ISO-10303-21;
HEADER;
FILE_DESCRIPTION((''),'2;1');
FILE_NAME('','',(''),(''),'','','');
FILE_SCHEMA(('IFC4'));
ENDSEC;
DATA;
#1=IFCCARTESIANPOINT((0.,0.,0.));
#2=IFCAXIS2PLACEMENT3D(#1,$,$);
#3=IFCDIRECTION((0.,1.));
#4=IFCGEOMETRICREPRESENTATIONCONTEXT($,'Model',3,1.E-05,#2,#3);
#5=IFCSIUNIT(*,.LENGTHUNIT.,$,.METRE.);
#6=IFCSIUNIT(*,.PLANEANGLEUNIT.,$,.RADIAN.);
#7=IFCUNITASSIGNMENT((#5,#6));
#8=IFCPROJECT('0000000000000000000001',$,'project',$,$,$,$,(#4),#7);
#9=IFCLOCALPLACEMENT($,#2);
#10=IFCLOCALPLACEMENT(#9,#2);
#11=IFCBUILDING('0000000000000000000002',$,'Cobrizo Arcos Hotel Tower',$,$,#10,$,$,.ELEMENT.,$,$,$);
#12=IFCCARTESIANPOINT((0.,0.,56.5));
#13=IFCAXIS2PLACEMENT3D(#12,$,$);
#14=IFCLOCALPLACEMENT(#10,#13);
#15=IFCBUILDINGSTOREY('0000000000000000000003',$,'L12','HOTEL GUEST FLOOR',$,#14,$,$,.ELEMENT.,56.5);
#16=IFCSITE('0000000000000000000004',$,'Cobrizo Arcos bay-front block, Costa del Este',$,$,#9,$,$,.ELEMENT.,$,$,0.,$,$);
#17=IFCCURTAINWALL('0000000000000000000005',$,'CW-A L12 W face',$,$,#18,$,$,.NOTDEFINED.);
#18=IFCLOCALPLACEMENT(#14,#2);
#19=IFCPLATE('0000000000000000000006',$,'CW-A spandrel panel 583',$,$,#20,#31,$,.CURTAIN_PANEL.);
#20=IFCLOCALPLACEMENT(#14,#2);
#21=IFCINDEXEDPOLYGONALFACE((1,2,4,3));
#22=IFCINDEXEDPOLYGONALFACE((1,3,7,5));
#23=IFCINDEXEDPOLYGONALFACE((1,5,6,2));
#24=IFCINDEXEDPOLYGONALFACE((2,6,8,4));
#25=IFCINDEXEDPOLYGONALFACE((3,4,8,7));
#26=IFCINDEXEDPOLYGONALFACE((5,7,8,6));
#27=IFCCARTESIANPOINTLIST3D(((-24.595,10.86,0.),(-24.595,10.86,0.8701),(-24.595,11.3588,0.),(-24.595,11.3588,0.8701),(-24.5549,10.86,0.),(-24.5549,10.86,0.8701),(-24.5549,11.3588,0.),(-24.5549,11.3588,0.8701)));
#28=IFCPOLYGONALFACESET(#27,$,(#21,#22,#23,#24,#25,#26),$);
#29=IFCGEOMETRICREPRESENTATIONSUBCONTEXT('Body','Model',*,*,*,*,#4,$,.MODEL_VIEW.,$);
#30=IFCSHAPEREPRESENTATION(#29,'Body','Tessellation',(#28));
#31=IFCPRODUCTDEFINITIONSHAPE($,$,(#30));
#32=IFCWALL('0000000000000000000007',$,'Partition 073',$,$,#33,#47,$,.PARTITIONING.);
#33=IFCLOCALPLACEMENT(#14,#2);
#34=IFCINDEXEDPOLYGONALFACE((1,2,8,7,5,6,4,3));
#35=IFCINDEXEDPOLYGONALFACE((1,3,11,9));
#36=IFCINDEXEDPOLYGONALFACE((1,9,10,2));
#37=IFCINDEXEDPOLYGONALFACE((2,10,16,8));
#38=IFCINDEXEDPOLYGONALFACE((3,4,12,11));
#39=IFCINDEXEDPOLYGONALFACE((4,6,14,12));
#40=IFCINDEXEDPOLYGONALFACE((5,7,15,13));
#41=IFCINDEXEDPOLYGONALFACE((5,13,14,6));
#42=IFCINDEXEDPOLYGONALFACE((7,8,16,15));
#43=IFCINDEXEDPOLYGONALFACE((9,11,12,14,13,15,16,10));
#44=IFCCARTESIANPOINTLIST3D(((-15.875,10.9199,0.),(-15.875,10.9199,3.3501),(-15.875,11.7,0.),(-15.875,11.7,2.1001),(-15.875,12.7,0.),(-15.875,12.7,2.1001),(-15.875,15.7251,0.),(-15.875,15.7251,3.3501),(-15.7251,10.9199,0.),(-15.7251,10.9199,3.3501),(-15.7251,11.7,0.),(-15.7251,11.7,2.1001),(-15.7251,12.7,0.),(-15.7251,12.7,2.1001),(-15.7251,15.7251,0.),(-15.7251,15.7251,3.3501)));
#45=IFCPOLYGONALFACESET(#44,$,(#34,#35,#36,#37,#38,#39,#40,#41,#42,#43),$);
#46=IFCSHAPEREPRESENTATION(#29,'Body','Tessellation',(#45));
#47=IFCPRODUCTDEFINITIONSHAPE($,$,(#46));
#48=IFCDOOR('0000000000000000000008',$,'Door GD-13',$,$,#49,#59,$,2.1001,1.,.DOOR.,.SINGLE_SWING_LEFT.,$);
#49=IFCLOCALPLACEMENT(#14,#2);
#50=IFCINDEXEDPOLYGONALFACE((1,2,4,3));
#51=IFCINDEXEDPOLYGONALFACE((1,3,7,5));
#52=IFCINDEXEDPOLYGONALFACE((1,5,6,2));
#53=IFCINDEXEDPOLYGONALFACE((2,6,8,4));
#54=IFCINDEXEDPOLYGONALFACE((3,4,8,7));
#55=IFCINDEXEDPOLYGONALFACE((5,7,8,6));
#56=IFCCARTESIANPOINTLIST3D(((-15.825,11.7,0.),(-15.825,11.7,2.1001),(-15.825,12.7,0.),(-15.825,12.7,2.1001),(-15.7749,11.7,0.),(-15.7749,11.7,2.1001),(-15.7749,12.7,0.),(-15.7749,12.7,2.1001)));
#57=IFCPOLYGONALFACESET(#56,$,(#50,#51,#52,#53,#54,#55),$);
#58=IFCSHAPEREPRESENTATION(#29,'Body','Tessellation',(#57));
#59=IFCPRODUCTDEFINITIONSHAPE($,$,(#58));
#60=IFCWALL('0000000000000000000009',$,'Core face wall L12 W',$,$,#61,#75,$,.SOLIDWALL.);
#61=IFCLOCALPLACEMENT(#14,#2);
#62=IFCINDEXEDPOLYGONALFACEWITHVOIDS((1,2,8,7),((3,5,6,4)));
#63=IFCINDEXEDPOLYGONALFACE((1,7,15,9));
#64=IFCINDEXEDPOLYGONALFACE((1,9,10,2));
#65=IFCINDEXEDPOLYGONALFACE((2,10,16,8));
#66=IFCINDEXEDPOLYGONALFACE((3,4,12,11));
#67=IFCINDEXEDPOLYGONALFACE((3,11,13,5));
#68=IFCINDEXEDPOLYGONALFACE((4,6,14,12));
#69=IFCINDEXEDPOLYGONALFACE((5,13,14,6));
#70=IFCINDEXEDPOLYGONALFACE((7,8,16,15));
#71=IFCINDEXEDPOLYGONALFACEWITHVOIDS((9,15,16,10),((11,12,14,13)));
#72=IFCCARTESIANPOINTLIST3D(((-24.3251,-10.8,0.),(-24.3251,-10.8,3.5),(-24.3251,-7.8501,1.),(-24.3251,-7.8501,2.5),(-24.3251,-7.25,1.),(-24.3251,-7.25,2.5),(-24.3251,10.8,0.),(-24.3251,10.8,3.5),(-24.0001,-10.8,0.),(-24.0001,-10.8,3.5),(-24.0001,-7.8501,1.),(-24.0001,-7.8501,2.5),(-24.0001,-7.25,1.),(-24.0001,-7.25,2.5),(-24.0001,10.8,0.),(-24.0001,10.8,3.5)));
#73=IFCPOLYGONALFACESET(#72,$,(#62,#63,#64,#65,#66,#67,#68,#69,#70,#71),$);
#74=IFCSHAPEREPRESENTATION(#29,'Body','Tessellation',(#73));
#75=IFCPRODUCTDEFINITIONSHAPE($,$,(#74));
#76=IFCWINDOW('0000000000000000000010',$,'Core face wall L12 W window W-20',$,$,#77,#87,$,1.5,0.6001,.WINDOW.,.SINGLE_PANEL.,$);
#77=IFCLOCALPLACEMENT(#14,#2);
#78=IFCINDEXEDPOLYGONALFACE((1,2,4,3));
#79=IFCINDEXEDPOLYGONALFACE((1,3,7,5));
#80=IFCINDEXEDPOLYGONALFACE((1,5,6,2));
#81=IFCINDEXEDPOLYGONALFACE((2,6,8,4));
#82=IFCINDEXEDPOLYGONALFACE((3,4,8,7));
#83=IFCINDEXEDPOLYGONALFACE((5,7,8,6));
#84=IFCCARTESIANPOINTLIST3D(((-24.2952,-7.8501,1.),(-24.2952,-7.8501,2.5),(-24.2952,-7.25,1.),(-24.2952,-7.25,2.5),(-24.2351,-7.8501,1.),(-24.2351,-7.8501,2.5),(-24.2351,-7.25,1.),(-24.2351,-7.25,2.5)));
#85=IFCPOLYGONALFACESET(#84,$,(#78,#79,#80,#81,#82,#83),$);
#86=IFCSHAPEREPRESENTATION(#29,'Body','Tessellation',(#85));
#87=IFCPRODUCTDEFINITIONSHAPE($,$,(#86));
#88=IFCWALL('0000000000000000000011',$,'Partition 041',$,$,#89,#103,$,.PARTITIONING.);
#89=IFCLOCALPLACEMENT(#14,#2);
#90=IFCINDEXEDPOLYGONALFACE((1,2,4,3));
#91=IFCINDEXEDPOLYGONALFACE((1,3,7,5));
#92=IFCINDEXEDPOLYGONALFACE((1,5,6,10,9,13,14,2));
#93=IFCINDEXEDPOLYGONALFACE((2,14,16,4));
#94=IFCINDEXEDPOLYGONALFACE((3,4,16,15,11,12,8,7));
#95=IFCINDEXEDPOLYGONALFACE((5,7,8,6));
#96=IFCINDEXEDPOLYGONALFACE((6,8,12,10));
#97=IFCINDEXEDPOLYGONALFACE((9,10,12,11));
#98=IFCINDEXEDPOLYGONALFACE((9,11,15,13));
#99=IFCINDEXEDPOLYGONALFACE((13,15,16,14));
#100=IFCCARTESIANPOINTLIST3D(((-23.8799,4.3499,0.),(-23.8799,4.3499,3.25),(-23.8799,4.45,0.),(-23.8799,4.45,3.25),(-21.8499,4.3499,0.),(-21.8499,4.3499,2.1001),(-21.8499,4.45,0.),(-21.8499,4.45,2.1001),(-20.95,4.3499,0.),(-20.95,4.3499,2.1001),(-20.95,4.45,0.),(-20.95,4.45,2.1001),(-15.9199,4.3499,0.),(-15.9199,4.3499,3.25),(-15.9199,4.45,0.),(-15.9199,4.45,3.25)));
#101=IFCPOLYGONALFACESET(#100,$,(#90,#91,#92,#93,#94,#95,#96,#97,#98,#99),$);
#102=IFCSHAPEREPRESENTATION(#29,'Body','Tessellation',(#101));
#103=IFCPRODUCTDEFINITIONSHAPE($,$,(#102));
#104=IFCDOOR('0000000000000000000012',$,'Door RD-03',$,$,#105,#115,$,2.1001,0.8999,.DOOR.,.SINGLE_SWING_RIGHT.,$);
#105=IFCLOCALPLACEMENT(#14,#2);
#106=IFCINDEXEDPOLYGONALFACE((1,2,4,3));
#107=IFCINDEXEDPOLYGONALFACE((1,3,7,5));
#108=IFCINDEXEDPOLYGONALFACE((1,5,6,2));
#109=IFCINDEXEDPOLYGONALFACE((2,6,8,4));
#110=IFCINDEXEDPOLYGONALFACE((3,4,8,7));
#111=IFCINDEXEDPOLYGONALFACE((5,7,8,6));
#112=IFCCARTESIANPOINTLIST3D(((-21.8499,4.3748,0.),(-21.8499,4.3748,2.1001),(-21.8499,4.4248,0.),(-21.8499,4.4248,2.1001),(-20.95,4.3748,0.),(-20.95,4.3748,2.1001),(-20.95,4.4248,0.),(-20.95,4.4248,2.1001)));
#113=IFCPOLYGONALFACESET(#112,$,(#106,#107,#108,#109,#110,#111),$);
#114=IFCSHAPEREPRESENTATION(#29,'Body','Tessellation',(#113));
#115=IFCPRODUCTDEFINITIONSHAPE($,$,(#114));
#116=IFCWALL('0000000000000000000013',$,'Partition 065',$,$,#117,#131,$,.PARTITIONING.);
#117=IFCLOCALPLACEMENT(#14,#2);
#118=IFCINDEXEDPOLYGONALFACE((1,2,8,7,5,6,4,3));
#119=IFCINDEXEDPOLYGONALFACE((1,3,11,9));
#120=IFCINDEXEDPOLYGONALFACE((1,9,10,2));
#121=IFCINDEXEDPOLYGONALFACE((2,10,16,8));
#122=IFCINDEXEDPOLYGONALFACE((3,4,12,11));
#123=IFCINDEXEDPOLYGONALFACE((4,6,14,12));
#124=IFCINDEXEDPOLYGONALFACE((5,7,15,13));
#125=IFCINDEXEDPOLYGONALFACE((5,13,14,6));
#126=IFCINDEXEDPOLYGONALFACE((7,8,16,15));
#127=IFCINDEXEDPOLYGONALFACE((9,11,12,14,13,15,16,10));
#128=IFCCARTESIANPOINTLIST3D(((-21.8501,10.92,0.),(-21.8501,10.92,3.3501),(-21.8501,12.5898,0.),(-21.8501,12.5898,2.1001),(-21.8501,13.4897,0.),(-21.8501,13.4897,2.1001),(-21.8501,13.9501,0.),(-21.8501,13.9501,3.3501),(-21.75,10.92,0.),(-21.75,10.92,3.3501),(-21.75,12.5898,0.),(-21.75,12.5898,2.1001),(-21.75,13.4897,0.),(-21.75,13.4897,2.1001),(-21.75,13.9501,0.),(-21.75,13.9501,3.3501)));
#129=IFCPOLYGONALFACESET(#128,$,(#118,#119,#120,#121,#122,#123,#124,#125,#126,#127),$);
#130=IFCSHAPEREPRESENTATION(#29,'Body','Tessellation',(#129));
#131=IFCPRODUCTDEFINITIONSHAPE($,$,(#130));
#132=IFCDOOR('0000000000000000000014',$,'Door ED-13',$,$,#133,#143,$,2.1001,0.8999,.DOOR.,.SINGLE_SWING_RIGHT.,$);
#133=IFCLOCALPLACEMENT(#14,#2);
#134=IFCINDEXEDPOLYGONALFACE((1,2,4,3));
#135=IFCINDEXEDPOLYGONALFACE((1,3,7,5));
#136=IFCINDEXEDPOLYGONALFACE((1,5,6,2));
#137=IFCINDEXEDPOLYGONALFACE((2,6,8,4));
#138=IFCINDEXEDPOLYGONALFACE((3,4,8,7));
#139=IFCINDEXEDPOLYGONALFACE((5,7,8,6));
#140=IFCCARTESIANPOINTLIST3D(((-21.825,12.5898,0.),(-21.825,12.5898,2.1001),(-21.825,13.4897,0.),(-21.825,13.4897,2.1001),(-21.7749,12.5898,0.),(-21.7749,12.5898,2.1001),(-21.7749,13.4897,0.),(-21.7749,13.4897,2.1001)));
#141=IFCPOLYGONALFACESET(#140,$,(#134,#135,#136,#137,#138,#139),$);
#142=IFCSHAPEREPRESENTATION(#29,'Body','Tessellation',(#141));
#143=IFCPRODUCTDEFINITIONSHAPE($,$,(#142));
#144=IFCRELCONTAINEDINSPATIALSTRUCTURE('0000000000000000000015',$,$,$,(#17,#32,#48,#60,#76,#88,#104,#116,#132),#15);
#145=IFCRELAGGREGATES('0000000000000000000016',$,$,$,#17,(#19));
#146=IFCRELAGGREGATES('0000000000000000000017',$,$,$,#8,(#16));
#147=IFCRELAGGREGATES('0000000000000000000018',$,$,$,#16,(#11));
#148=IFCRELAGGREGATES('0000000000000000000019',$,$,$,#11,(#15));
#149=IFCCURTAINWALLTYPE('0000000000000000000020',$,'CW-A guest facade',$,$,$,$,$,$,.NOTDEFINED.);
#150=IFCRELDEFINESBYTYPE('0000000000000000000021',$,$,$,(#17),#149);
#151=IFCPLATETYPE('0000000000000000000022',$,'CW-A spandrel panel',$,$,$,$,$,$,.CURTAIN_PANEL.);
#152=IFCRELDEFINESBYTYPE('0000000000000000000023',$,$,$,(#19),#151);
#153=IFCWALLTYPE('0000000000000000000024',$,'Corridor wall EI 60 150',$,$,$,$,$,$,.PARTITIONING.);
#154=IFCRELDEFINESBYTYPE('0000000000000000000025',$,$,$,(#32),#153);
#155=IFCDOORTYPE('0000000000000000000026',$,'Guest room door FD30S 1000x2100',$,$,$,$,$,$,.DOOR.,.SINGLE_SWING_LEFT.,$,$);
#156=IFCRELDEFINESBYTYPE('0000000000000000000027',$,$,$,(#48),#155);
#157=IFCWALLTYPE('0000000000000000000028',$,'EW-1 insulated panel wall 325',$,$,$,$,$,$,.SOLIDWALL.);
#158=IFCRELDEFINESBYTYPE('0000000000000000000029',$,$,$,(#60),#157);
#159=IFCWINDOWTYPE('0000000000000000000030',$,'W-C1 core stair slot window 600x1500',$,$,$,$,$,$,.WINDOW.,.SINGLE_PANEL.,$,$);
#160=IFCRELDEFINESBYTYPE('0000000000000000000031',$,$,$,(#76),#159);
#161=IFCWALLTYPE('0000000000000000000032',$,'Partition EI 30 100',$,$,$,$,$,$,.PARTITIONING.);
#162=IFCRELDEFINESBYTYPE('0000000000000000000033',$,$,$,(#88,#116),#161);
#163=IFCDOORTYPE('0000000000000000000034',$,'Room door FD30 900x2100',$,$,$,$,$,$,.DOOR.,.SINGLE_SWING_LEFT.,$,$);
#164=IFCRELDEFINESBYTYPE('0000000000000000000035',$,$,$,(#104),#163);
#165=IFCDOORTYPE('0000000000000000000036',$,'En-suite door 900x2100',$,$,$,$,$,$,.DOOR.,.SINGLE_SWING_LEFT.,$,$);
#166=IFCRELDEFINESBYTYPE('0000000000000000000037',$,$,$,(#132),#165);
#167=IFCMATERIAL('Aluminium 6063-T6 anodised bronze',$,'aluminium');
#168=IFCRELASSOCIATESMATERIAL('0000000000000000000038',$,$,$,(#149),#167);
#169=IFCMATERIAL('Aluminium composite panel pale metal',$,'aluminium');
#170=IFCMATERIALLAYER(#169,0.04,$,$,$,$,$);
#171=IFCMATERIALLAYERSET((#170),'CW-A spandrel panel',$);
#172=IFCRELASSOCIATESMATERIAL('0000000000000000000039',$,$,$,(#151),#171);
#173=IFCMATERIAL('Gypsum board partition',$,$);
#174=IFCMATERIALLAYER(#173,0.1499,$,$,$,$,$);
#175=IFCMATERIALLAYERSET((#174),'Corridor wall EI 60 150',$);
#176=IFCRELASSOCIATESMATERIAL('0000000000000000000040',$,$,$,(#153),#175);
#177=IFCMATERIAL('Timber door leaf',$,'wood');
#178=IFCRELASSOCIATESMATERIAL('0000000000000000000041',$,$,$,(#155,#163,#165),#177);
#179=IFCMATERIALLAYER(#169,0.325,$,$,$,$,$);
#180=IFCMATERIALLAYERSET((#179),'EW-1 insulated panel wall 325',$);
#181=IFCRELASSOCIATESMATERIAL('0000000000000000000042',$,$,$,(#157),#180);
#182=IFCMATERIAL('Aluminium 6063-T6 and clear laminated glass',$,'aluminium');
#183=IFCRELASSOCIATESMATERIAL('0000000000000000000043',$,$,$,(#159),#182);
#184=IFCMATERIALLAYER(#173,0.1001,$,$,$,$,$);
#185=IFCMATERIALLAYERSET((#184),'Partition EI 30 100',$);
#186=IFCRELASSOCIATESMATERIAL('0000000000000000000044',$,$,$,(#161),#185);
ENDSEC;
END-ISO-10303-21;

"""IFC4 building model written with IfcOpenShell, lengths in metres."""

from ifc_helpers import new_model, si_unit, direction, frame, frame_2d, origin, origin_2d, place, context, subcontext, project, spatial, rectangle, extrude, material, layer, layer_set, type_object, element, fill, aggregate, save


model = new_model("IFC4")

# Units and contexts
model_context = context("Model", 3, precision=1e-05, world=origin(), true_north=direction((0.0, 1.0)))
body_context = subcontext(model_context, "Body", "Model", "MODEL_VIEW")
ifc_project = project(units=[si_unit("LENGTHUNIT", "METRE"), si_unit("PLANEANGLEUNIT", "RADIAN")], contexts=[model_context])

# Site, building, storey
site_placement = place(None, origin())
site = spatial("IfcSite", under=ifc_project, at=site_placement, Name="Cobrizo Arcos bay-front block, Costa del Este", CompositionType="ELEMENT", RefElevation=0.0)
building_placement = place(site_placement, origin())
building = spatial("IfcBuilding", under=site, at=building_placement, Name="Cobrizo Arcos Hotel Tower", CompositionType="ELEMENT")
storey_placement = place(building_placement, frame((0.0, 0.0, 56.5)))
storey = spatial("IfcBuildingStorey", under=building, at=storey_placement, Name="L12", Description="HOTEL GUEST FLOOR", CompositionType="ELEMENT", Elevation=56.5)

# Curtain wall
ifc_material_1 = material(Name="Aluminium 6063-T6 anodised bronze", Category="aluminium")
curtain_wall_type = type_object("IfcCurtainWallType", Name="CW-A guest facade", PredefinedType="NOTDEFINED", material=ifc_material_1)
curtain_wall_placement = place(storey_placement, origin())
curtain_wall = element("IfcCurtainWall", 1, at=curtain_wall_placement, inside=storey, type_object=curtain_wall_type, Name="CW-A L12 W face", PredefinedType="NOTDEFINED")

# Plate
ifc_material_2 = material(Name="Aluminium composite panel pale metal", Category="aluminium")
ifc_layer_1 = layer(ifc_material_2, 0.04)
ifc_layer_set_1 = layer_set([ifc_layer_1], Name="CW-A spandrel panel")
plate_type_1 = type_object("IfcPlateType", Name="CW-A spandrel panel", PredefinedType="CURTAIN_PANEL", material=ifc_layer_set_1)
plate_1_placement = place(storey_placement, frame((-24.575, 11.1094, 0.0), z_axis=(0.0, 0.0, 1.0), x_axis=(0.0, -1.0, 0.0)))
plate_1 = element("IfcPlate", 2, at=plate_1_placement, type_object=plate_type_1, Name="CW-A spandrel panel 583", PredefinedType="CURTAIN_PANEL", context=body_context, shape_type="SweptSolid", body=[
    extrude(rectangle(XDim=0.4988, YDim=0.04, at=origin_2d()), origin(), (0.0, 0.0, 1.0), 0.8701),
])
aggregate(curtain_wall, [plate_1])

# Wall, opening, door
ifc_material_3 = material(Name="Gypsum board partition")
ifc_layer_2 = layer(ifc_material_3, 0.1499)
ifc_layer_set_2 = layer_set([ifc_layer_2], Name="Corridor wall EI 60 150")
wall_type_1 = type_object("IfcWallType", Name="Corridor wall EI 60 150", PredefinedType="PARTITIONING", material=ifc_layer_set_2)
wall_1_placement = place(storey_placement, frame((-15.8, 10.9199, 0.0), z_axis=(0.0, 0.0, 1.0), x_axis=(0.0, 1.0, 0.0)))
wall_1 = element("IfcWall", 3, at=wall_1_placement, inside=storey, type_object=wall_type_1, Name="Partition 073", PredefinedType="PARTITIONING", context=body_context, shape_type="SweptSolid", body=[
    extrude(rectangle(XDim=4.8052, YDim=0.1499, at=frame_2d((2.4026, 0.0))), origin(), (0.0, 0.0, 1.0), 3.3501),
])
opening_1_placement = place(wall_1_placement, frame((0.78, 0.0, 0.0)))
opening_1 = element("IfcOpeningElement", 4, at=opening_1_placement, cuts=wall_1, PredefinedType="OPENING", context=body_context, shape_type="SweptSolid", body=[
    extrude(rectangle(XDim=1.0, YDim=2.1001, at=frame_2d((0.5, 1.05))), frame((0.0, 0.0869, 0.0), z_axis=(0.0, -1.0, 0.0), x_axis=(1.0, 0.0, 0.0)), (0.0, 0.0, 1.0), 0.1738),
])
ifc_material_4 = material(Name="Timber door leaf", Category="wood")
door_type_1 = type_object("IfcDoorType", Name="Guest room door FD30S 1000x2100", OperationType="SINGLE_SWING_LEFT", PredefinedType="DOOR", material=ifc_material_4)
door_1_placement = place(opening_1_placement, origin())
door_1 = element("IfcDoor", 5, at=door_1_placement, inside=storey, type_object=door_type_1, Name="Door GD-13", OperationType="SINGLE_SWING_LEFT", OverallHeight=2.1001, OverallWidth=1.0, PredefinedType="DOOR", context=body_context, shape_type="SweptSolid", body=[
    extrude(rectangle(XDim=1.0, YDim=2.1001, at=frame_2d((0.5, 1.05))), frame((0.0, 0.0249, 0.0), z_axis=(0.0, -1.0, 0.0), x_axis=(1.0, 0.0, 0.0)), (0.0, 0.0, 1.0), 0.05),
])
fill(opening_1, door_1)

# Wall, opening, window
ifc_layer_3 = layer(ifc_material_2, 0.325)
ifc_layer_set_3 = layer_set([ifc_layer_3], Name="EW-1 insulated panel wall 325")
wall_type_2 = type_object("IfcWallType", Name="EW-1 insulated panel wall 325", PredefinedType="SOLIDWALL", material=ifc_layer_set_3)
wall_2_placement = place(storey_placement, frame((-24.1626, 10.8, 0.0), z_axis=(0.0, 0.0, 1.0), x_axis=(0.0, -1.0, 0.0)))
wall_2 = element("IfcWall", 6, at=wall_2_placement, inside=storey, type_object=wall_type_2, Name="Core face wall L12 W", PredefinedType="SOLIDWALL", context=body_context, shape_type="SweptSolid", body=[
    extrude(rectangle(XDim=21.6001, YDim=0.325, at=frame_2d((10.8, 0.0))), origin(), (0.0, 0.0, 1.0), 3.5),
])
opening_2_placement = place(wall_2_placement, frame((18.05, 0.0, 1.0)))
opening_2 = element("IfcOpeningElement", 7, at=opening_2_placement, cuts=wall_2, PredefinedType="OPENING", context=body_context, shape_type="SweptSolid", body=[
    extrude(rectangle(XDim=0.6001, YDim=1.5, at=frame_2d((0.3, 0.75))), frame((0.0, 0.1746, 0.0), z_axis=(0.0, -1.0, 0.0), x_axis=(1.0, 0.0, 0.0)), (0.0, 0.0, 1.0), 0.3489),
])
ifc_material_5 = material(Name="Aluminium 6063-T6 and clear laminated glass", Category="aluminium")
window_type = type_object("IfcWindowType", Name="W-C1 core stair slot window 600x1500", PartitioningType="SINGLE_PANEL", PredefinedType="WINDOW", material=ifc_material_5)
window_placement = place(opening_2_placement, origin())
window = element("IfcWindow", 8, at=window_placement, inside=storey, type_object=window_type, Name="Core face wall L12 W window W-20", OverallHeight=1.5, OverallWidth=0.6001, PartitioningType="SINGLE_PANEL", PredefinedType="WINDOW", context=body_context, shape_type="SweptSolid", body=[
    extrude(rectangle(XDim=0.6001, YDim=1.5, at=frame_2d((0.3, 0.75))), frame((0.0, -0.0725, 0.0), z_axis=(0.0, -1.0, 0.0), x_axis=(1.0, 0.0, 0.0)), (0.0, 0.0, 1.0), 0.0601),
])
fill(opening_2, window)

# Walls, openings, doors
ifc_layer_4 = layer(ifc_material_3, 0.1001)
ifc_layer_set_4 = layer_set([ifc_layer_4], Name="Partition EI 30 100")
wall_type_3 = type_object("IfcWallType", Name="Partition EI 30 100", PredefinedType="PARTITIONING", material=ifc_layer_set_4)
wall_3_placement = place(storey_placement, frame((-23.8799, 4.3999, 0.0), z_axis=(0.0, 0.0, 1.0), x_axis=(1.0, 0.0, 0.0)))
wall_3 = element("IfcWall", 9, at=wall_3_placement, inside=storey, type_object=wall_type_3, Name="Partition 041", PredefinedType="PARTITIONING", context=body_context, shape_type="SweptSolid", body=[
    extrude(rectangle(XDim=7.96, YDim=0.1001, at=frame_2d((3.98, 0.0))), origin(), (0.0, 0.0, 1.0), 3.25),
])
opening_3_placement = place(wall_3_placement, frame((2.03, 0.0, 0.0)))
opening_3 = element("IfcOpeningElement", 10, at=opening_3_placement, cuts=wall_3, PredefinedType="OPENING", context=body_context, shape_type="SweptSolid", body=[
    extrude(rectangle(XDim=0.8999, YDim=2.1001, at=frame_2d((0.45, 1.05))), frame((0.0, 0.062, 0.0), z_axis=(0.0, -1.0, 0.0), x_axis=(1.0, 0.0, 0.0)), (0.0, 0.0, 1.0), 0.124),
])
door_type_2 = type_object("IfcDoorType", Name="Room door FD30 900x2100", OperationType="SINGLE_SWING_LEFT", PredefinedType="DOOR", material=ifc_material_4)
door_2_placement = place(opening_3_placement, origin())
door_2 = element("IfcDoor", 11, at=door_2_placement, inside=storey, type_object=door_type_2, Name="Door RD-03", OperationType="SINGLE_SWING_RIGHT", OverallHeight=2.1001, OverallWidth=0.8999, PredefinedType="DOOR", context=body_context, shape_type="SweptSolid", body=[
    extrude(rectangle(XDim=0.8999, YDim=2.1001, at=frame_2d((0.45, 1.05))), frame((0.0, 0.0249, 0.0), z_axis=(0.0, -1.0, 0.0), x_axis=(1.0, 0.0, 0.0)), (0.0, 0.0, 1.0), 0.05),
])
fill(opening_3, door_2)
wall_4_placement = place(storey_placement, frame((-21.8, 10.9199, 0.0), z_axis=(0.0, 0.0, 1.0), x_axis=(0.0, 1.0, 0.0)))
wall_4 = element("IfcWall", 12, at=wall_4_placement, inside=storey, type_object=wall_type_3, Name="Partition 065", PredefinedType="PARTITIONING", context=body_context, shape_type="SweptSolid", body=[
    extrude(rectangle(XDim=3.03, YDim=0.1001, at=frame_2d((1.5151, 0.0))), origin(), (0.0, 0.0, 1.0), 3.3501),
])
opening_4_placement = place(wall_4_placement, frame((1.6699, 0.0, 0.0)))
opening_4 = element("IfcOpeningElement", 13, at=opening_4_placement, cuts=wall_4, PredefinedType="OPENING", context=body_context, shape_type="SweptSolid", body=[
    extrude(rectangle(XDim=0.8999, YDim=2.1001, at=frame_2d((0.45, 1.05))), frame((0.0, 0.062, 0.0), z_axis=(0.0, -1.0, 0.0), x_axis=(1.0, 0.0, 0.0)), (0.0, 0.0, 1.0), 0.124),
])
door_type_3 = type_object("IfcDoorType", Name="En-suite door 900x2100", OperationType="SINGLE_SWING_LEFT", PredefinedType="DOOR", material=ifc_material_4)
door_3_placement = place(opening_4_placement, origin())
door_3 = element("IfcDoor", 14, at=door_3_placement, inside=storey, type_object=door_type_3, Name="Door ED-13", OperationType="SINGLE_SWING_RIGHT", OverallHeight=2.1001, OverallWidth=0.8999, PredefinedType="DOOR", context=body_context, shape_type="SweptSolid", body=[
    extrude(rectangle(XDim=0.8999, YDim=2.1001, at=frame_2d((0.45, 1.05))), frame((0.0, 0.0249, 0.0), z_axis=(0.0, -1.0, 0.0), x_axis=(1.0, 0.0, 0.0)), (0.0, 0.0, 1.0), 0.05),
])
fill(opening_4, door_3)

save(model, "model.ifc")
